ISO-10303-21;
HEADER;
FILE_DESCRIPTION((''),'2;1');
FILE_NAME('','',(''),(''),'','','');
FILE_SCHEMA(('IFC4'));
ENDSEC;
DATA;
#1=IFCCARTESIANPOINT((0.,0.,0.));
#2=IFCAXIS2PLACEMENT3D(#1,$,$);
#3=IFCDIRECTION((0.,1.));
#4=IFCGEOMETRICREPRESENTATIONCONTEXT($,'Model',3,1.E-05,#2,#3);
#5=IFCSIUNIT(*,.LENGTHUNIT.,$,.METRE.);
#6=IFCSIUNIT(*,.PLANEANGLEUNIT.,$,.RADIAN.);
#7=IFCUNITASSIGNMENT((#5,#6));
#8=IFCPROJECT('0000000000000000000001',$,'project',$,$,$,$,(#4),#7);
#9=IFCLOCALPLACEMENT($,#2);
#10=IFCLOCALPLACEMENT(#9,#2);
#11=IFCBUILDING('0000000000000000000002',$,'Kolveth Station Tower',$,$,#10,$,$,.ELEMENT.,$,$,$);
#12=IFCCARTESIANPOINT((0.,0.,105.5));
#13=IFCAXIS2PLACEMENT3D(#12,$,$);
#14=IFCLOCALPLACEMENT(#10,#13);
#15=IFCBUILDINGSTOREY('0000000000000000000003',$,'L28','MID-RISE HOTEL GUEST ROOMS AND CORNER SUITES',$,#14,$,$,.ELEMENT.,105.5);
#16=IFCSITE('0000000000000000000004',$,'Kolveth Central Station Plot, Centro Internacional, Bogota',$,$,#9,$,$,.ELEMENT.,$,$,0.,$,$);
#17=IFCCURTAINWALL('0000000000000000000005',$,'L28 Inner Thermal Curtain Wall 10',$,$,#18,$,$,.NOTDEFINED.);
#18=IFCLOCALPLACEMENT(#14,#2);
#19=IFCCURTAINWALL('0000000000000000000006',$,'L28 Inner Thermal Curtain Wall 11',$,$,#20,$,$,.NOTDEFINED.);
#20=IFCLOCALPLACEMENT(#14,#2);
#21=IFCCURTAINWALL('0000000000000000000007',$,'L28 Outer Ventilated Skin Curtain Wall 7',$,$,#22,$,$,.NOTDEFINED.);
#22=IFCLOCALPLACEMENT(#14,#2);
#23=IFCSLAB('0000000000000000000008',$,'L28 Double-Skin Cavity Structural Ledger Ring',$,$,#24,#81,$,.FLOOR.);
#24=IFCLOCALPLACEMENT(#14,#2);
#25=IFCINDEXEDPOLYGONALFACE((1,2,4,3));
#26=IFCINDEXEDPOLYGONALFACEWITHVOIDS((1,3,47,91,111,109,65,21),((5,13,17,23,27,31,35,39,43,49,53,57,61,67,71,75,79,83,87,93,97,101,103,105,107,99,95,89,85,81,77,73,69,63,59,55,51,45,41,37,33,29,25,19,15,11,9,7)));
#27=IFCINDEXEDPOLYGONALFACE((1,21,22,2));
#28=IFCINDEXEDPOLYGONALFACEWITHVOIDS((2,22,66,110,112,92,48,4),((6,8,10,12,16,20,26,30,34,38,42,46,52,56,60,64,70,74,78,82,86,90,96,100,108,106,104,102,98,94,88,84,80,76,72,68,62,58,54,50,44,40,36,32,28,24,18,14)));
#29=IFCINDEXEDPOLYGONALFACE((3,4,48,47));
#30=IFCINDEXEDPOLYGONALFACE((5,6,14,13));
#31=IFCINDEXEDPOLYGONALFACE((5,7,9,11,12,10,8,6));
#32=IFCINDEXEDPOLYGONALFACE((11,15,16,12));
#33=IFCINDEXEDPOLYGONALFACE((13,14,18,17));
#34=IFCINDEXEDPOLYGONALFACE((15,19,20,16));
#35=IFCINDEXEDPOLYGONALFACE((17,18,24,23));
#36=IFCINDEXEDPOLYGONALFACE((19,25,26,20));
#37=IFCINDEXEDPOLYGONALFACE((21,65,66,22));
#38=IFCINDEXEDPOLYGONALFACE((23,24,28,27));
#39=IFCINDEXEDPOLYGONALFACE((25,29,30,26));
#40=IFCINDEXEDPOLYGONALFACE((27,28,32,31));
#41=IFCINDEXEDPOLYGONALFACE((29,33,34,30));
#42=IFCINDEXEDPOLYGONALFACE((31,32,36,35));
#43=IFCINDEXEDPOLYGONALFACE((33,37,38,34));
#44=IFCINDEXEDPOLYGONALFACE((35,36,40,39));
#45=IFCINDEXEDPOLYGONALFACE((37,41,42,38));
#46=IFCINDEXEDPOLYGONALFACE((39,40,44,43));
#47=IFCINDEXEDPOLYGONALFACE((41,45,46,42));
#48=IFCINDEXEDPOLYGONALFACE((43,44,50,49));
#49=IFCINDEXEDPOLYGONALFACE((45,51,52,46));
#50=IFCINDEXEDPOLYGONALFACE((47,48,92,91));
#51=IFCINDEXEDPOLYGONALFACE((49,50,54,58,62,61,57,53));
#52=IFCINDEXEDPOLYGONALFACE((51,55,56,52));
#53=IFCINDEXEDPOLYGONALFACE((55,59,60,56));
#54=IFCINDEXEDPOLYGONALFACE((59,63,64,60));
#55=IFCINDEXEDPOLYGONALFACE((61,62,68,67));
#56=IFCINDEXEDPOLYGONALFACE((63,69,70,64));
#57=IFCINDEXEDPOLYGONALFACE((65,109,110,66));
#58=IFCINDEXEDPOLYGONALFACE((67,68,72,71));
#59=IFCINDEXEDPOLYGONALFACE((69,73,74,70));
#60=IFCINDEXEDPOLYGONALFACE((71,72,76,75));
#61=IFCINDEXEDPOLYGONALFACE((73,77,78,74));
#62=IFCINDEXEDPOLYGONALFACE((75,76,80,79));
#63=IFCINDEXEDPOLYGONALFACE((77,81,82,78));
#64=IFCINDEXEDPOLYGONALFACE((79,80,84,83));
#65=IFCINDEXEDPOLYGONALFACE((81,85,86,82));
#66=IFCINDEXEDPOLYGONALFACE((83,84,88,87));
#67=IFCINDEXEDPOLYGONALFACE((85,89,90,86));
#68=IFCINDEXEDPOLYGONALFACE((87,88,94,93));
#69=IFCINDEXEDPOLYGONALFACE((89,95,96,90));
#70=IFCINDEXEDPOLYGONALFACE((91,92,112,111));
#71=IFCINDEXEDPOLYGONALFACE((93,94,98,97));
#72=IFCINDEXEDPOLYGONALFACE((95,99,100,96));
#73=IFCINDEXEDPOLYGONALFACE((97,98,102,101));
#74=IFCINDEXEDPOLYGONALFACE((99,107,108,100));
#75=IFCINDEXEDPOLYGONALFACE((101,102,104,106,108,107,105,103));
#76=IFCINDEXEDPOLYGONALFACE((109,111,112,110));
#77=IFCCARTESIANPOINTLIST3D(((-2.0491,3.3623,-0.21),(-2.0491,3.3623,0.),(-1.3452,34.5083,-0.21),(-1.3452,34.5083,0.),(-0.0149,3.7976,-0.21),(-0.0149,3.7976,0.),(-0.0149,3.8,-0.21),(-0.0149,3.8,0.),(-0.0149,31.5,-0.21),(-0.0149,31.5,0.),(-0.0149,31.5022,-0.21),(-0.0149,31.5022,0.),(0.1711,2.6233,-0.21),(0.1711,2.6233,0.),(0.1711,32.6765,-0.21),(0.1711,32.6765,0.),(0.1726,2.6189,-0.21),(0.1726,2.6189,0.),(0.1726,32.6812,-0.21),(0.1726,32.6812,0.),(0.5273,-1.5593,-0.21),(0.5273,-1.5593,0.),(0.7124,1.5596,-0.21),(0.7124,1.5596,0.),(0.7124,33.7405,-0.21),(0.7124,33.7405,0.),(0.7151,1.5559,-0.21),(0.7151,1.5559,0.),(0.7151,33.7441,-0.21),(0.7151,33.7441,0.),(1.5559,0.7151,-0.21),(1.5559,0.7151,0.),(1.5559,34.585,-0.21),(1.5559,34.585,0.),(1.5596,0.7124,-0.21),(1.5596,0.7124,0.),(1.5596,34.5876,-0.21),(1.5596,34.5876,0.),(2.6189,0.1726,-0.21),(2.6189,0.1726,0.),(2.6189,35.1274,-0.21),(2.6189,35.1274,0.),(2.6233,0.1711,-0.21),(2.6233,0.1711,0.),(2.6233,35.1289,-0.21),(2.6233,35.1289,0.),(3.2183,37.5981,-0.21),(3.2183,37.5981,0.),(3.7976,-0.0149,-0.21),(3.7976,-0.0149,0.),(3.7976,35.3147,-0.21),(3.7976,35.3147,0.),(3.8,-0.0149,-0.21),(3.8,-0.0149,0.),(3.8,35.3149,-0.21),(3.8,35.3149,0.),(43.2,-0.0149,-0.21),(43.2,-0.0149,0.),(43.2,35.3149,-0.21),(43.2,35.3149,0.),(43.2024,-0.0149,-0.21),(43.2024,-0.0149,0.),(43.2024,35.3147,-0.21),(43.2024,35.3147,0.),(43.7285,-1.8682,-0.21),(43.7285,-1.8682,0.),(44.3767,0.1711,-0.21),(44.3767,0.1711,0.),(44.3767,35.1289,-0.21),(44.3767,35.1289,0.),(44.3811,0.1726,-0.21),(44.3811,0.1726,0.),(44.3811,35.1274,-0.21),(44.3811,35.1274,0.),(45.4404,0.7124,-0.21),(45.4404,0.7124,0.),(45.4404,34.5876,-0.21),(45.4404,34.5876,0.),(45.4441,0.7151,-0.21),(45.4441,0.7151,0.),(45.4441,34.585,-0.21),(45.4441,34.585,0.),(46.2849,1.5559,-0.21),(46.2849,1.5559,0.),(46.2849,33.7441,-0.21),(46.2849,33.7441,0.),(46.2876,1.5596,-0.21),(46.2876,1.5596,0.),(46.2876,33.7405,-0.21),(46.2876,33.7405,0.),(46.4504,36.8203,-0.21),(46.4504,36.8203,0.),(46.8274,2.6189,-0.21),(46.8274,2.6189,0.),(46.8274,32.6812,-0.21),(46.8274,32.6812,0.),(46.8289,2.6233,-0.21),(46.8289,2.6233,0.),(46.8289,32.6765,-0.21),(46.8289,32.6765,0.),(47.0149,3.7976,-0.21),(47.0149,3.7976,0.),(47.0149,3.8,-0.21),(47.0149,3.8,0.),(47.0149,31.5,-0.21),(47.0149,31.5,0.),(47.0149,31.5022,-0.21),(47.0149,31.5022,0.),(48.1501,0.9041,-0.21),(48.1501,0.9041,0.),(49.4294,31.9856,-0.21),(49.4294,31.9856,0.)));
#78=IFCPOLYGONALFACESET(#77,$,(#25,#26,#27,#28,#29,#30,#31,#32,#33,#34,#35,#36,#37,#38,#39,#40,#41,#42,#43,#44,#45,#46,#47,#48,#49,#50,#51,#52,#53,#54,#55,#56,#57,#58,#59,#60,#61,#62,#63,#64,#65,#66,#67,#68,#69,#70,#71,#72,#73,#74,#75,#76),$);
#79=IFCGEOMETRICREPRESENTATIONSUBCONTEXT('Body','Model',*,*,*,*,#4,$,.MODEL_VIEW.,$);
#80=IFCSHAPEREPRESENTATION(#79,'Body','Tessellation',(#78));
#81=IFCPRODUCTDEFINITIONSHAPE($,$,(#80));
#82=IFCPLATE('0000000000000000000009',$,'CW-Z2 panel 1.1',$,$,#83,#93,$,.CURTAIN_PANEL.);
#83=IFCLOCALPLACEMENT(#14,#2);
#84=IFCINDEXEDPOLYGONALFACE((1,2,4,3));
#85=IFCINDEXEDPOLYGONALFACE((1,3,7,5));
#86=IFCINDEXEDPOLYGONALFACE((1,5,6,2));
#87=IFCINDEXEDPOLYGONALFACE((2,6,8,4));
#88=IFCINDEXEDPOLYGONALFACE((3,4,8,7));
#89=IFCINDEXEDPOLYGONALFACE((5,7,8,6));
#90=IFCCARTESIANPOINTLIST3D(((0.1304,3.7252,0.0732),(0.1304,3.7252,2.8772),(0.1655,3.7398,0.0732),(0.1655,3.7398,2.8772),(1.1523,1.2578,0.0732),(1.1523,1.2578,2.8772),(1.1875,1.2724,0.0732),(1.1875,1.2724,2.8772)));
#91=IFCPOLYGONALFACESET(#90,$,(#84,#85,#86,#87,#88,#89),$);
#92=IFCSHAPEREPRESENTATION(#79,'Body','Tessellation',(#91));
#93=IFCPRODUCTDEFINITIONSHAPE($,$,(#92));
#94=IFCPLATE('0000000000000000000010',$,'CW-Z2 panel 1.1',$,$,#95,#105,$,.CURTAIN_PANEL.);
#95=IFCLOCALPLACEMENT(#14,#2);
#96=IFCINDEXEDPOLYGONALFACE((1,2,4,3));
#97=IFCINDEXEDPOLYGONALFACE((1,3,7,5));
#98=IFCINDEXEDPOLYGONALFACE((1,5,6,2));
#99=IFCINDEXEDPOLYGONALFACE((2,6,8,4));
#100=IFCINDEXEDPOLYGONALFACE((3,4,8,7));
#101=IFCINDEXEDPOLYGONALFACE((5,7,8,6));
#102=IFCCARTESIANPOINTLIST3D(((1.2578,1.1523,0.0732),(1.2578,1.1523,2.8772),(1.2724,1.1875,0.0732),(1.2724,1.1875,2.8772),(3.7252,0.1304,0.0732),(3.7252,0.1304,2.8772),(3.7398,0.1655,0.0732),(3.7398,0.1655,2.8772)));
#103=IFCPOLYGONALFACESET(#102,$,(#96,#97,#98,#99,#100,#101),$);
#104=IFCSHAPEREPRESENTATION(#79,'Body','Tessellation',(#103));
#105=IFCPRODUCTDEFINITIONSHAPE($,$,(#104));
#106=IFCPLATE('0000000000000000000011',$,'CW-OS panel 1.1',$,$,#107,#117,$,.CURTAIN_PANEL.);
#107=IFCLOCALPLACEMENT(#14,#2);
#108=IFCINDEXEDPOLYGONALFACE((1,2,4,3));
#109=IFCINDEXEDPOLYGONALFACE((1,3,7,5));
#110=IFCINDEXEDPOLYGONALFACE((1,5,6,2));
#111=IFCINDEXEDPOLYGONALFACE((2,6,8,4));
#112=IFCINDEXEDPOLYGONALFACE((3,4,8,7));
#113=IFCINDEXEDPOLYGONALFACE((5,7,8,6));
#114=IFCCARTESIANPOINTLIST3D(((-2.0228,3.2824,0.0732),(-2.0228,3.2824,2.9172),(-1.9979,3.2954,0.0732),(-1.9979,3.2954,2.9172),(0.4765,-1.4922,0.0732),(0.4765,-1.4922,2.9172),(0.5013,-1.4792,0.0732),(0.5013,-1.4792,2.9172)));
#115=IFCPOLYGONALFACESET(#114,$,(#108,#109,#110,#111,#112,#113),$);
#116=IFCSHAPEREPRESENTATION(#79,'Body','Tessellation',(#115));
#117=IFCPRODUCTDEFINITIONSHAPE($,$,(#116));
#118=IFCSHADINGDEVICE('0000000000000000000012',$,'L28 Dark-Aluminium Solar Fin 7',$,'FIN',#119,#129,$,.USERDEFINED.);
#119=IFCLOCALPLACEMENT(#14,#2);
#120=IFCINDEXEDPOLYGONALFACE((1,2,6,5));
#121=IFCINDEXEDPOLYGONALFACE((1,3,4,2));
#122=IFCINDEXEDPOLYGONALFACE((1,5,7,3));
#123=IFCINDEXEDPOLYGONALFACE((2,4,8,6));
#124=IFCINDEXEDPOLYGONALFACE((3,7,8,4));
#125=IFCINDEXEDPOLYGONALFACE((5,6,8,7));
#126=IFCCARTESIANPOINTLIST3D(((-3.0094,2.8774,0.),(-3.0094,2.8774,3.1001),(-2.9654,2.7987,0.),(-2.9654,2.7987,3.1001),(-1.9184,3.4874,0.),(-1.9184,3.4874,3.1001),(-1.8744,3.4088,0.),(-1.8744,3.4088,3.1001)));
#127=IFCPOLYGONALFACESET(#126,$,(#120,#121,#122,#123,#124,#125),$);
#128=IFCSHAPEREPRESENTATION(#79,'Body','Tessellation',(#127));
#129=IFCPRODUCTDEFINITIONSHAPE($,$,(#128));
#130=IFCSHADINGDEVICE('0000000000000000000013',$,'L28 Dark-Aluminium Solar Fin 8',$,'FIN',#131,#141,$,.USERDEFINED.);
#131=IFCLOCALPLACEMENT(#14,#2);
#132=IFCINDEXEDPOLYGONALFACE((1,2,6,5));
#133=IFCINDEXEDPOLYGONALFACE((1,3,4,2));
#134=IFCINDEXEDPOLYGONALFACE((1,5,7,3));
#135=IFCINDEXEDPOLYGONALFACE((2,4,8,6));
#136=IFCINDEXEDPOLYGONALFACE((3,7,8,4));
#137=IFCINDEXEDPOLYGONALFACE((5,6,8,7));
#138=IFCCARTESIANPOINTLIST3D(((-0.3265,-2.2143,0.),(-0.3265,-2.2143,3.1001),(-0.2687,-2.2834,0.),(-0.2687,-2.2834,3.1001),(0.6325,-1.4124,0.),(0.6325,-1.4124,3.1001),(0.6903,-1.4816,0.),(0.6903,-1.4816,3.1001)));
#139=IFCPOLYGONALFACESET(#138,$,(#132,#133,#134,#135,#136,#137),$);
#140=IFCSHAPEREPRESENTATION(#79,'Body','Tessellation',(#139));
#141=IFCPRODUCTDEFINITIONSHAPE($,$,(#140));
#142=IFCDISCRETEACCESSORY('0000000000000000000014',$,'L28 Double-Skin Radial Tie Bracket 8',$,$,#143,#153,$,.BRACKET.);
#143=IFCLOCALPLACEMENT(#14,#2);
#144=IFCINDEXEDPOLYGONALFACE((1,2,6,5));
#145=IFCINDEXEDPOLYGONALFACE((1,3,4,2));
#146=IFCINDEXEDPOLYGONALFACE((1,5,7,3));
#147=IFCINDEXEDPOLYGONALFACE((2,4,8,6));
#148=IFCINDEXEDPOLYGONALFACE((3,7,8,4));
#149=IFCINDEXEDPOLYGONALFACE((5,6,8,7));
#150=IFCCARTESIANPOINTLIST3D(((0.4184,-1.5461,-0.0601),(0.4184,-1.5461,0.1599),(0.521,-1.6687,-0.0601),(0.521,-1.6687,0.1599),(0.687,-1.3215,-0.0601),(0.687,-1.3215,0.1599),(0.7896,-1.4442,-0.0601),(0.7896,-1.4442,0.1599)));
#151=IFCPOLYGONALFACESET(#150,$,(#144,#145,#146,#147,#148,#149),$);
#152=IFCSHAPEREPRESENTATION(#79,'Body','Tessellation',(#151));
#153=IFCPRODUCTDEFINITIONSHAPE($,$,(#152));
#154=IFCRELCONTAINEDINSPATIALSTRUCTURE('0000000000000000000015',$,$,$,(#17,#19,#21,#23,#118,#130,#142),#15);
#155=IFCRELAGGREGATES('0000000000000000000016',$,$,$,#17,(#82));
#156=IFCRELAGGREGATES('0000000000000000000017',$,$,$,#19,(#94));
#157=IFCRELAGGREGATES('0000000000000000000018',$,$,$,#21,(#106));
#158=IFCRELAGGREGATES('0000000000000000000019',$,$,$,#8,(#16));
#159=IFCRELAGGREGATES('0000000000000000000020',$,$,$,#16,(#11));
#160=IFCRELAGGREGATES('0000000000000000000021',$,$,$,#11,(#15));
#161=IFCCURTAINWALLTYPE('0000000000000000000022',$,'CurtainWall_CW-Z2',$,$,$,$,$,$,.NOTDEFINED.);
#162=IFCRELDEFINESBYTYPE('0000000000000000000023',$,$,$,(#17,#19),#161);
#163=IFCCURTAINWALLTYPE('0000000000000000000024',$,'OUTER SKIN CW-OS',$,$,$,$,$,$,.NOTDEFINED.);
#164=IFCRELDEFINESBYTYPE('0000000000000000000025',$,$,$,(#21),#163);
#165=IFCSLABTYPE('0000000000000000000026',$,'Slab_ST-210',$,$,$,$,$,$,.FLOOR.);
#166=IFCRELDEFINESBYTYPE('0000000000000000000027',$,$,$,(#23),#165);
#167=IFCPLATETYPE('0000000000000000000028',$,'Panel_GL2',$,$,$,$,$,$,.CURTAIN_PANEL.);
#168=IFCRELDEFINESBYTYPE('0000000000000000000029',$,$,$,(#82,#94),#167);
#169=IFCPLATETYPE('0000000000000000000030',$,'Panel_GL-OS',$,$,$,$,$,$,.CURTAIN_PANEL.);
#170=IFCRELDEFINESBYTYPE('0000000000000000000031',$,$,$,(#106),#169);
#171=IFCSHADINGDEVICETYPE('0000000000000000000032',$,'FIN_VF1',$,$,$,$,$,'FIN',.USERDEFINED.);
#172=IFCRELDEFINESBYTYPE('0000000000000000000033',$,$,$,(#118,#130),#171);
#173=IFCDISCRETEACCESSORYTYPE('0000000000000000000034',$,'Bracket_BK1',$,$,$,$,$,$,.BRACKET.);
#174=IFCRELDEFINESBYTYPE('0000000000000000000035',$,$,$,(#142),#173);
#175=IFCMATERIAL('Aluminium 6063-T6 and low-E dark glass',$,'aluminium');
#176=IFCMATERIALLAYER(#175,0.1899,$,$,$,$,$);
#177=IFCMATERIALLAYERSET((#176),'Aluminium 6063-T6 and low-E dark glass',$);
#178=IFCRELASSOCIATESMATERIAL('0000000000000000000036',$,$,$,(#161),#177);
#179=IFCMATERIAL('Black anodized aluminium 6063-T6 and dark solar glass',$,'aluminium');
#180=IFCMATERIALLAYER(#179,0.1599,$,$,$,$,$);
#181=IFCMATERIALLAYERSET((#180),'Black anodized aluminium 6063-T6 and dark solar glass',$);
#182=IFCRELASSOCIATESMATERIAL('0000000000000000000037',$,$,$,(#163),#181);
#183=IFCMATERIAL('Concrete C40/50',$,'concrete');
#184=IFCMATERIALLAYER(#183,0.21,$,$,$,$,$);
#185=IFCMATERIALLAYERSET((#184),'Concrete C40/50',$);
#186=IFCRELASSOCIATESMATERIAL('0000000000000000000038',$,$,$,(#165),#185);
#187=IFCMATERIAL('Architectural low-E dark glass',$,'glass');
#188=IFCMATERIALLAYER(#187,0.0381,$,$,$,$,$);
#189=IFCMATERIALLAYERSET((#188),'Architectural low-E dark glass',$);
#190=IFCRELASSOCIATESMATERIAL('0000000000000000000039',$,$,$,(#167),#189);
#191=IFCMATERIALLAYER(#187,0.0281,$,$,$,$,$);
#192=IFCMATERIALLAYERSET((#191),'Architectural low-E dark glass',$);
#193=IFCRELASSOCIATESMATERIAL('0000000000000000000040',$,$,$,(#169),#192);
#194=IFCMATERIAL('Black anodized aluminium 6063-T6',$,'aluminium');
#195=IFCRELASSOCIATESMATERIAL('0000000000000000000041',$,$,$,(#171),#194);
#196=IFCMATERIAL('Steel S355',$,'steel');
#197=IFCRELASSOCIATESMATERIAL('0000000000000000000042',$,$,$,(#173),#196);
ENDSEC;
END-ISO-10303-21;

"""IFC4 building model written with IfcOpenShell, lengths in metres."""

from ifc_helpers import new_model, si_unit, direction, frame, origin, origin_2d, place, context, subcontext, project, spatial, polyline, rectangle, outline, extrude, source, transform, mapped, material, layer, layer_set, type_object, element, aggregate, save


model = new_model("IFC4")

# Units and contexts
model_context = context("Model", 3, precision=1e-05, world=origin(), true_north=direction((0.0, 1.0)))
body_context = subcontext(model_context, "Body", "Model", "MODEL_VIEW")
ifc_project = project(units=[si_unit("LENGTHUNIT", "METRE"), si_unit("PLANEANGLEUNIT", "RADIAN")], contexts=[model_context])

# Site, building, storey
site_placement = place(None, origin())
site = spatial("IfcSite", under=ifc_project, at=site_placement, Name="Kolveth Central Station Plot, Centro Internacional, Bogota", CompositionType="ELEMENT", RefElevation=0.0)
building_placement = place(site_placement, origin())
building = spatial("IfcBuilding", under=site, at=building_placement, Name="Kolveth Station Tower", CompositionType="ELEMENT")
storey_placement = place(building_placement, frame((0.0, 0.0, 105.5)))
storey = spatial("IfcBuildingStorey", under=building, at=storey_placement, Name="L28", Description="MID-RISE HOTEL GUEST ROOMS AND CORNER SUITES", CompositionType="ELEMENT", Elevation=105.5)

# Curtain wall
ifc_material_1 = material(Name="Aluminium 6063-T6 and low-E dark glass", Category="aluminium")
ifc_layer_1 = layer(ifc_material_1, 0.1899)
ifc_layer_set_1 = layer_set([ifc_layer_1], Name="Aluminium 6063-T6 and low-E dark glass")
curtain_wall_type_1 = type_object("IfcCurtainWallType", Name="CurtainWall_CW-Z2", PredefinedType="NOTDEFINED", material=ifc_layer_set_1)
curtain_wall_1_placement = place(storey_placement, origin())
curtain_wall_1 = element("IfcCurtainWall", 1, at=curtain_wall_1_placement, inside=storey, type_object=curtain_wall_type_1, Name="L28 Inner Thermal Curtain Wall 10", PredefinedType="NOTDEFINED")
ifc_material_2 = material(Name="Black anodized aluminium 6063-T6", Category="aluminium")

# Curtain wall
curtain_wall_2_placement = place(storey_placement, origin())
curtain_wall_2 = element("IfcCurtainWall", 2, at=curtain_wall_2_placement, inside=storey, type_object=curtain_wall_type_1, Name="L28 Inner Thermal Curtain Wall 11", PredefinedType="NOTDEFINED")

# Curtain wall
ifc_material_3 = material(Name="Black anodized aluminium 6063-T6 and dark solar glass", Category="aluminium")
ifc_layer_2 = layer(ifc_material_3, 0.1599)
ifc_layer_set_2 = layer_set([ifc_layer_2], Name="Black anodized aluminium 6063-T6 and dark solar glass")
curtain_wall_type_2 = type_object("IfcCurtainWallType", Name="OUTER SKIN CW-OS", PredefinedType="NOTDEFINED", material=ifc_layer_set_2)
curtain_wall_3_placement = place(storey_placement, origin())
curtain_wall_3 = element("IfcCurtainWall", 3, at=curtain_wall_3_placement, inside=storey, type_object=curtain_wall_type_2, Name="L28 Outer Ventilated Skin Curtain Wall 7", PredefinedType="NOTDEFINED")

# Shared definitions
ifc_material_4 = material(Name="Concrete C40/50", Category="concrete")

# Slab
ifc_layer_3 = layer(ifc_material_4, 0.21)
ifc_layer_set_3 = layer_set([ifc_layer_3], Name="Concrete C40/50")
slab_type_1 = type_object("IfcSlabType", Name="Slab_ST-210", PredefinedType="FLOOR", material=ifc_layer_set_3)
slab_1_placement = place(storey_placement, frame((0.0, 0.0, -0.21)))
element("IfcSlab", 4, at=slab_1_placement, inside=storey, type_object=slab_type_1, Name="L28 Double-Skin Cavity Structural Ledger Ring", PredefinedType="FLOOR", context=body_context, shape_type="SweptSolid", body=[
    extrude(outline(polyline([(0.5273, -1.5593), (-2.0491, 3.3623), (-1.3452, 34.5083), (3.2183, 37.5981), (46.4504, 36.8203), (49.4294, 31.9856), (48.1501, 0.9041), (43.7285, -1.8682), (0.5273, -1.5593)]), holes=[polyline([(43.2024, -0.0149), (44.3767, 0.1711), (44.3811, 0.1726), (45.4404, 0.7124), (45.4441, 0.7151), (46.2849, 1.5559), (46.2876, 1.5596), (46.8274, 2.6189), (46.8289, 2.6233), (47.0149, 3.7976), (47.0149, 3.8), (47.0149, 31.5), (47.0149, 31.5022), (46.8289, 32.6765), (46.8274, 32.6812), (46.2876, 33.7405), (46.2849, 33.7441), (45.4441, 34.585), (45.4404, 34.5876), (44.3811, 35.1274), (44.3767, 35.1289), (43.2024, 35.3147), (43.2, 35.3149), (3.8, 35.3149), (3.7976, 35.3147), (2.6233, 35.1289), (2.6189, 35.1274), (1.5596, 34.5876), (1.5559, 34.585), (0.7151, 33.7441), (0.7124, 33.7405), (0.1726, 32.6812), (0.1711, 32.6765), (-0.0149, 31.5022), (-0.0149, 31.5), (-0.0149, 3.8), (-0.0149, 3.7976), (0.1711, 2.6233), (0.1726, 2.6189), (0.7124, 1.5596), (0.7151, 1.5559), (1.5559, 0.7151), (1.5596, 0.7124), (2.6189, 0.1726), (2.6233, 0.1711), (3.7976, -0.0149), (3.8, -0.0149), (43.2, -0.0149), (43.2024, -0.0149)])]), origin(), (0.0, 0.0, 1.0), 0.21),
])

# Plates
ifc_material_5 = material(Name="Architectural low-E dark glass", Category="glass")
ifc_layer_4 = layer(ifc_material_5, 0.0381)
ifc_layer_set_4 = layer_set([ifc_layer_4], Name="Architectural low-E dark glass")
plate_type_1 = type_object("IfcPlateType", Name="Panel_GL2", PredefinedType="CURTAIN_PANEL", material=ifc_layer_set_4)
shared_shape_1 = source(origin(), body_context, "Body", "SweptSolid", [
    extrude(rectangle(XDim=2.6707, YDim=0.0381, at=origin_2d()), origin(), (0.0, 0.0, 1.0), 2.804),
])
plate_1_placement = place(storey_placement, frame((0.6589, 2.4988, 0.0732), z_axis=(0.0, 0.0, 1.0), x_axis=(0.382663, -0.923888, 0.0)))
plate_1 = element("IfcPlate", 5, at=plate_1_placement, type_object=plate_type_1, Name="CW-Z2 panel 1.1", PredefinedType="CURTAIN_PANEL", context=body_context, shape_type="MappedRepresentation", body=[
    mapped(shared_shape_1, transform((0.0, 0.0, 0.0), x_axis=(1.0, 0.0, 0.0), y_axis=(0.0, 1.0, 0.0), z_axis=(0.0, 0.0, 1.0), scale=1.0)),
])
aggregate(curtain_wall_1, [plate_1])
plate_2_placement = place(storey_placement, frame((2.4988, 0.6589, 0.0732), z_axis=(0.0, 0.0, 1.0), x_axis=(0.923888, -0.382663, 0.0)))
plate_2 = element("IfcPlate", 6, at=plate_2_placement, type_object=plate_type_1, Name="CW-Z2 panel 1.1", PredefinedType="CURTAIN_PANEL", context=body_context, shape_type="MappedRepresentation", body=[
    mapped(shared_shape_1, transform((0.0, 0.0, 0.0), x_axis=(1.0, 0.0, 0.0), y_axis=(0.0, 1.0, 0.0), z_axis=(0.0, 0.0, 1.0), scale=1.0)),
])
aggregate(curtain_wall_2, [plate_2])
ifc_layer_5 = layer(ifc_material_5, 0.0281)
ifc_layer_set_5 = layer_set([ifc_layer_5], Name="Architectural low-E dark glass")
plate_type_2 = type_object("IfcPlateType", Name="Panel_GL-OS", PredefinedType="CURTAIN_PANEL", material=ifc_layer_set_5)
shared_shape_2 = source(origin(), body_context, "Body", "SweptSolid", [
    extrude(rectangle(XDim=5.3892, YDim=0.0281, at=origin_2d()), origin(), (0.0, 0.0, 1.0), 2.844),
])
plate_3_placement = place(storey_placement, frame((-0.7607, 0.9016, 0.0732), z_axis=(0.0, 0.0, 1.0), x_axis=(0.463762, -0.88596, 0.0)))
plate_3 = element("IfcPlate", 7, at=plate_3_placement, type_object=plate_type_2, Name="CW-OS panel 1.1", PredefinedType="CURTAIN_PANEL", context=body_context, shape_type="MappedRepresentation", body=[
    mapped(shared_shape_2, transform((0.0, 0.0, 0.0), x_axis=(1.0, 0.0, 0.0), y_axis=(0.0, 1.0, 0.0), z_axis=(0.0, 0.0, 1.0), scale=1.0)),
])
aggregate(curtain_wall_3, [plate_3])

# Shading devices
shading_device_type = type_object("IfcShadingDeviceType", Name="FIN_VF1", ElementType="FIN", PredefinedType="USERDEFINED", material=ifc_material_2)
shared_shape_3 = source(origin(), body_context, "Body", "SweptSolid", [
    extrude(rectangle(XDim=1.25, YDim=0.0901, at=origin_2d()), origin(), (0.0, 0.0, 1.0), 3.1001),
])
for number, where, z_axis, x_axis, name in (
    (8, (-2.4419, 3.1431, 0.0), (0.0, 0.0, 1.0), (-0.872837, -0.488012, 0.0), "L28 Dark-Aluminium Solar Fin 7"),
    (9, (0.1819, -1.8479, 0.0), (0.0, 0.0, 1.0), (-0.767165, -0.64145, 0.0), "L28 Dark-Aluminium Solar Fin 8"),
):
    element("IfcShadingDevice", number, at=place(storey_placement, frame(where, z_axis=z_axis, x_axis=x_axis)), inside=storey, type_object=shading_device_type, Name=name, ObjectType="FIN", PredefinedType="USERDEFINED", context=body_context, shape_type="MappedRepresentation", body=[
        mapped(shared_shape_3, transform((0.0, 0.0, 0.0), x_axis=(1.0, 0.0, 0.0), y_axis=(0.0, 1.0, 0.0), z_axis=(0.0, 0.0, 1.0), scale=1.0)),
    ])

# Discrete accessory
ifc_material_6 = material(Name="Steel S355", Category="steel")
discrete_accessory_type = type_object("IfcDiscreteAccessoryType", Name="Bracket_BK1", PredefinedType="BRACKET", material=ifc_material_6)
shared_shape_4 = source(origin(), body_context, "Body", "SweptSolid", [
    extrude(rectangle(XDim=0.3501, YDim=0.1599, at=origin_2d()), origin(), (0.0, 0.0, 1.0), 0.22),
])
discrete_accessory_placement = place(storey_placement, frame((0.604, -1.4951, -0.0601), z_axis=(0.0, 0.0, 1.0), x_axis=(-0.767165, -0.64145, 0.0)))
element("IfcDiscreteAccessory", 10, at=discrete_accessory_placement, inside=storey, type_object=discrete_accessory_type, Name="L28 Double-Skin Radial Tie Bracket 8", PredefinedType="BRACKET", context=body_context, shape_type="MappedRepresentation", body=[
    mapped(shared_shape_4, transform((0.0, 0.0, 0.0), x_axis=(1.0, 0.0, 0.0), y_axis=(0.0, 1.0, 0.0), z_axis=(0.0, 0.0, 1.0), scale=1.0)),
])

save(model, "model.ifc")
